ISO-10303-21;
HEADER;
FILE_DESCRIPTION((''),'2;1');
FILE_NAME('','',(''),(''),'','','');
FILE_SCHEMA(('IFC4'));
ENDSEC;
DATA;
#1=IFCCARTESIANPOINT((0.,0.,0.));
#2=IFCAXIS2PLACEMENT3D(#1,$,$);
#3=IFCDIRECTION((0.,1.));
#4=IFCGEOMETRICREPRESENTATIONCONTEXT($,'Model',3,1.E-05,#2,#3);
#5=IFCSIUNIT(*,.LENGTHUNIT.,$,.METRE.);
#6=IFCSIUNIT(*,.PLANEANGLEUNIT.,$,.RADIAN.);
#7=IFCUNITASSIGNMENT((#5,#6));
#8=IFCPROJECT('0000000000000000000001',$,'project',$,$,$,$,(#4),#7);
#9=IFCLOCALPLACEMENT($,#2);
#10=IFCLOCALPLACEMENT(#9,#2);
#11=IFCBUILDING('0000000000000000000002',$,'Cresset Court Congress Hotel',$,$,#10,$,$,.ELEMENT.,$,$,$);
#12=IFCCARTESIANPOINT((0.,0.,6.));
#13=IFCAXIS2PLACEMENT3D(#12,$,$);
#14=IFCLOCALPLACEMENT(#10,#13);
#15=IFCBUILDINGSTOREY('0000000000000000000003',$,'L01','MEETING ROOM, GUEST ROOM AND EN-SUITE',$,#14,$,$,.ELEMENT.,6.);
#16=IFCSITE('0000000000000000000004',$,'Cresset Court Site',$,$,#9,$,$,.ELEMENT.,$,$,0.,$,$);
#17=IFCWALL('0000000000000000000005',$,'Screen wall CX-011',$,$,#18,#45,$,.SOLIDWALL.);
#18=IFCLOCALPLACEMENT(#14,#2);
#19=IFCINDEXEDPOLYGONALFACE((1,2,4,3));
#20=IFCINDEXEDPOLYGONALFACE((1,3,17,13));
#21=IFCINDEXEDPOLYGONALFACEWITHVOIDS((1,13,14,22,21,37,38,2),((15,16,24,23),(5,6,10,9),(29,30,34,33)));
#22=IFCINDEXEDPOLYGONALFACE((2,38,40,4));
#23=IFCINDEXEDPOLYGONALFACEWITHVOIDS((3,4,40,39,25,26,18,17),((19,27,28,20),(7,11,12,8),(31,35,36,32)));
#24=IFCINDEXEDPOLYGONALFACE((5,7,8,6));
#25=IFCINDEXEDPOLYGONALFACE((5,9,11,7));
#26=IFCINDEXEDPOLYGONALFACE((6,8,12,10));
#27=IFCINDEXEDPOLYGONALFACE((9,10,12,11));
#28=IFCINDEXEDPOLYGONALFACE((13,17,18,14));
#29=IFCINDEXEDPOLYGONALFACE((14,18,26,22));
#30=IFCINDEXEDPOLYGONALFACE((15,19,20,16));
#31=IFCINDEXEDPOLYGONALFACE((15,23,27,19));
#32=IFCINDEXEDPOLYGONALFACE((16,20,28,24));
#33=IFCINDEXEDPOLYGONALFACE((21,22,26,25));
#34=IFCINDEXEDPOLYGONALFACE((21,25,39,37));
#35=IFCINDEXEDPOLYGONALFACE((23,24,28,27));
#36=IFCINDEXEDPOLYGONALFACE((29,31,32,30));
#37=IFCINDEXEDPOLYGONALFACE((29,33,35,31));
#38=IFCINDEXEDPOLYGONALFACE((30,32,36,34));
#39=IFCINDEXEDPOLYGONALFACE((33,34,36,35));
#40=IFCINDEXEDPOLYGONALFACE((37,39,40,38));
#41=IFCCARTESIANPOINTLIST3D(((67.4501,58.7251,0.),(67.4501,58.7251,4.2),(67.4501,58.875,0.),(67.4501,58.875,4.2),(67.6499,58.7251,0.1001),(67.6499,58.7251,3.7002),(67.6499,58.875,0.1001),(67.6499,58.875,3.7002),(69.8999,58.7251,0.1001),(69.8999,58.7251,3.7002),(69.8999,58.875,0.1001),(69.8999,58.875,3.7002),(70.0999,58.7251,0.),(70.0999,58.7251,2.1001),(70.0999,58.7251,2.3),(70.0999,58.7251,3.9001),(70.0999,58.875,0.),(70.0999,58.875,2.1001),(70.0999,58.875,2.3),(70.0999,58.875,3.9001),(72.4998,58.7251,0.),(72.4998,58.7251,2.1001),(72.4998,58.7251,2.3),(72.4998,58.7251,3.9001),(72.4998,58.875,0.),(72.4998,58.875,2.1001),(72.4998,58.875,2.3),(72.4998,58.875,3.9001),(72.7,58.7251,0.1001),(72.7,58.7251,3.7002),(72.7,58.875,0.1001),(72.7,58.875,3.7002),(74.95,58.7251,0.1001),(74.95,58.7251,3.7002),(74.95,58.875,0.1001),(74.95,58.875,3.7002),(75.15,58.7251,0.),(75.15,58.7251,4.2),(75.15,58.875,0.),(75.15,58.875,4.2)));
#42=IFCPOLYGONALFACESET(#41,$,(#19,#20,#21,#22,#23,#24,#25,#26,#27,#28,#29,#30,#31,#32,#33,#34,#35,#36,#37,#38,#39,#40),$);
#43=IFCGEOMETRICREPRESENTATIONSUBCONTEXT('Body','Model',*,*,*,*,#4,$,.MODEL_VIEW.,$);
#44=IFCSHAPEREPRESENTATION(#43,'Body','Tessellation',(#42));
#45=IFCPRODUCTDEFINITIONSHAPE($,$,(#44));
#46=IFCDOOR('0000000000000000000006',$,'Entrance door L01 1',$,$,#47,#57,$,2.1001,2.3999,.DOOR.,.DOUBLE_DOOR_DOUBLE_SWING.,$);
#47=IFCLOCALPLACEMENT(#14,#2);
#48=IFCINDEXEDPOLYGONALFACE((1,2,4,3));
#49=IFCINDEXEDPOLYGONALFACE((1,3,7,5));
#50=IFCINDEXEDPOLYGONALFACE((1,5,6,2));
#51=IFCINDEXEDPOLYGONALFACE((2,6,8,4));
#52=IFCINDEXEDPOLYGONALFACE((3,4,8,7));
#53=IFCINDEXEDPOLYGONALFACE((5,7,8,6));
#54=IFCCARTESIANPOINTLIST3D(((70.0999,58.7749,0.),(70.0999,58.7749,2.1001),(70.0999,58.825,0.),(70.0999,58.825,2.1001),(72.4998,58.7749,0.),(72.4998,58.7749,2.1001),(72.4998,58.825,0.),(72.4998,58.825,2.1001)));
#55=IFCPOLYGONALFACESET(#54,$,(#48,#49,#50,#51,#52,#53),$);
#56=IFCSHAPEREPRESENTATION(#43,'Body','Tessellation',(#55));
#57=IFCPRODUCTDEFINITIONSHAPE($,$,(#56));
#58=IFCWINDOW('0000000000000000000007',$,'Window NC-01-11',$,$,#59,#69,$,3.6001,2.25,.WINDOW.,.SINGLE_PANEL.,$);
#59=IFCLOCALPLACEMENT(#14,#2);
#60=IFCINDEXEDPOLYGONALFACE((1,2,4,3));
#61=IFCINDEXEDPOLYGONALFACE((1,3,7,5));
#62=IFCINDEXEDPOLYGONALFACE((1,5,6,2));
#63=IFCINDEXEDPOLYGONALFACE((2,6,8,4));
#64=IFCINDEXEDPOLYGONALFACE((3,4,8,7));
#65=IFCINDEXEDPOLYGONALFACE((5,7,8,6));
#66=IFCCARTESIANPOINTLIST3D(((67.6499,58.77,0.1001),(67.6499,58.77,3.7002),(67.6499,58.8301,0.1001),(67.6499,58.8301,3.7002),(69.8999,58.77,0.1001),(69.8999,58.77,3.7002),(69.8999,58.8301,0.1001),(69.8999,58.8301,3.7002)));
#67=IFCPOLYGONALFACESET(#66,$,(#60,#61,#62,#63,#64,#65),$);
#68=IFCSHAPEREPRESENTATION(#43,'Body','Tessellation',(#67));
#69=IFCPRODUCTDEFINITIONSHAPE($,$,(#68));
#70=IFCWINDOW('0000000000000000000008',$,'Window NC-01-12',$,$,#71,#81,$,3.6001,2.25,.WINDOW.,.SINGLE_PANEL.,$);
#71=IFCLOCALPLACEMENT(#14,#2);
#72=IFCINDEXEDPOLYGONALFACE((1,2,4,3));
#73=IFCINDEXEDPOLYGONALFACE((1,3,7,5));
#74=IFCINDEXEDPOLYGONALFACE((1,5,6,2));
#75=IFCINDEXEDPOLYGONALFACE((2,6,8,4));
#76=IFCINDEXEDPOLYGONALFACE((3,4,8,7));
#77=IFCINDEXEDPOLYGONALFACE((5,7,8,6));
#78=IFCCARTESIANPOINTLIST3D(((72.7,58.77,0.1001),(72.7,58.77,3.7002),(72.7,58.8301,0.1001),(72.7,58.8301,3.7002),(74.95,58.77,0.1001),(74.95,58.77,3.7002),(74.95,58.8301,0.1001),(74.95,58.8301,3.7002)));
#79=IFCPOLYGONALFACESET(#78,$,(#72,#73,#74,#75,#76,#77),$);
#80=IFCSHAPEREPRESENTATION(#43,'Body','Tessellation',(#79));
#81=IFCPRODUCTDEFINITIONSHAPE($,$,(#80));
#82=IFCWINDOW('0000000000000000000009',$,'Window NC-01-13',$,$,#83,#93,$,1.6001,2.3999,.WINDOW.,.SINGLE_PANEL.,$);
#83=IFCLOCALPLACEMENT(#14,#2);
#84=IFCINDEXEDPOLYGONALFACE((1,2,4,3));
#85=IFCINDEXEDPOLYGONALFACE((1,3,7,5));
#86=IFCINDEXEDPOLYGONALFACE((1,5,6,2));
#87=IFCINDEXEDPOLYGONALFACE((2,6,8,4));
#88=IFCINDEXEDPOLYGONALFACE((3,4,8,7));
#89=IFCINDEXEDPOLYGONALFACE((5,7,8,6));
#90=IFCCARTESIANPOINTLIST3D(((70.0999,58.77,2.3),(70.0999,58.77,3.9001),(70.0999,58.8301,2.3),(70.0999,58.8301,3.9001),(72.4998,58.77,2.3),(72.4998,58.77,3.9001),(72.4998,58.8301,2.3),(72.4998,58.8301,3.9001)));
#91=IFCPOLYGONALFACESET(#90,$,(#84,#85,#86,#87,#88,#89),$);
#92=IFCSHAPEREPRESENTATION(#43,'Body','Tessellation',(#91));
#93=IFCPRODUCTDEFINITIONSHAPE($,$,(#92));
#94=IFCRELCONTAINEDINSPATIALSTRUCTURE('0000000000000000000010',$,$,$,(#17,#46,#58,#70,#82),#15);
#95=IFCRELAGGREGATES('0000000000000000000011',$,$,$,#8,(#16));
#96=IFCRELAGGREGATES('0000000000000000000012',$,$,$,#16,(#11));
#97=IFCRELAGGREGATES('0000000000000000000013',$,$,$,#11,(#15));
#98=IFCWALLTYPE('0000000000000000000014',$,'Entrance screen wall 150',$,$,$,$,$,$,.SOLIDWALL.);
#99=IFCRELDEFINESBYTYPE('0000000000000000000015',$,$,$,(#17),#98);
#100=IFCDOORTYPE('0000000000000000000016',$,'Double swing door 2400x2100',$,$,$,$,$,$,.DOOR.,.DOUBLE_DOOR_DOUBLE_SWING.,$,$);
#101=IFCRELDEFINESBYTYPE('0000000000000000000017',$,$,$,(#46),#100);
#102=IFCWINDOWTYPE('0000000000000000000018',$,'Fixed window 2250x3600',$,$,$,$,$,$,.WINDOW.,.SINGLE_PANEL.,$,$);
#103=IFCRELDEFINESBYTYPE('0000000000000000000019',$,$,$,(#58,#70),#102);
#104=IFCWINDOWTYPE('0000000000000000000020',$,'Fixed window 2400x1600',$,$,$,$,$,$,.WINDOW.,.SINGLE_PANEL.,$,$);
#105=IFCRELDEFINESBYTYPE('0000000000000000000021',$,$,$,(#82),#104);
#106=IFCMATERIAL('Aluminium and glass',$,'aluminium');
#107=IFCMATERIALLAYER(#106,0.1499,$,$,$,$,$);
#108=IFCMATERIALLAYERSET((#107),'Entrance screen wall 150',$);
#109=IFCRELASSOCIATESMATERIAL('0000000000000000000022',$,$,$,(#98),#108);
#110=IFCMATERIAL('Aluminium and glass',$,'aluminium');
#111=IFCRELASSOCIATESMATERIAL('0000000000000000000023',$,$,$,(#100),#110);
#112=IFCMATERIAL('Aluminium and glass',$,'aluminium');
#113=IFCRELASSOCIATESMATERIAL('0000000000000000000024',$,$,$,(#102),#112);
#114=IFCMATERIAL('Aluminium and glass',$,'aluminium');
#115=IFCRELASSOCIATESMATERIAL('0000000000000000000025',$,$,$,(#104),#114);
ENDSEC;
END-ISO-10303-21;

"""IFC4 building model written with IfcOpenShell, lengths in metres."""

from ifc_helpers import new_model, si_unit, direction, frame, frame_2d, origin, place, context, subcontext, project, spatial, rectangle, extrude, material, layer, layer_set, type_object, element, fill, save


model = new_model("IFC4")

# Units and contexts
model_context = context("Model", 3, precision=1e-05, world=origin(), true_north=direction((0.0, 1.0)))
body_context = subcontext(model_context, "Body", "Model", "MODEL_VIEW")
ifc_project = project(units=[si_unit("LENGTHUNIT", "METRE"), si_unit("PLANEANGLEUNIT", "RADIAN")], contexts=[model_context])

# Site, building, storey
site_placement = place(None, origin())
site = spatial("IfcSite", under=ifc_project, at=site_placement, Name="Cresset Court Site", CompositionType="ELEMENT", RefElevation=0.0)
building_placement = place(site_placement, origin())
building = spatial("IfcBuilding", under=site, at=building_placement, Name="Cresset Court Congress Hotel", CompositionType="ELEMENT")
storey_placement = place(building_placement, frame((0.0, 0.0, 6.0)))
storey = spatial("IfcBuildingStorey", under=building, at=storey_placement, Name="L01", Description="MEETING ROOM, GUEST ROOM AND EN-SUITE", CompositionType="ELEMENT", Elevation=6.0)

# Wall, openings, door, windows
ifc_material_1 = material(Name="Aluminium and glass", Category="aluminium")
ifc_layer_1 = layer(ifc_material_1, 0.1499)
ifc_layer_set_1 = layer_set([ifc_layer_1], Name="Entrance screen wall 150")
wall_type_1 = type_object("IfcWallType", Name="Entrance screen wall 150", PredefinedType="SOLIDWALL", material=ifc_layer_set_1)
wall_1_placement = place(storey_placement, frame((67.45, 58.8, 0.0), z_axis=(0.0, 0.0, 1.0), x_axis=(1.0, 0.0, 0.0)))
wall_1 = element("IfcWall", 1, at=wall_1_placement, inside=storey, type_object=wall_type_1, Name="Screen wall CX-011", PredefinedType="SOLIDWALL", context=body_context, shape_type="SweptSolid", body=[
    extrude(rectangle(XDim=7.7, YDim=0.1499, at=frame_2d((3.8501, 0.0))), origin(), (0.0, 0.0, 1.0), 4.2),
])
opening_1_placement = place(wall_1_placement, frame((2.6499, 0.0, 0.0)))
opening_1 = element("IfcOpeningElement", 2, at=opening_1_placement, cuts=wall_1, PredefinedType="OPENING", context=body_context, shape_type="SweptSolid", body=[
    extrude(rectangle(XDim=2.3999, YDim=2.1001, at=frame_2d((1.2, 1.05))), frame((0.0, 0.085, 0.0), z_axis=(0.0, -1.0, 0.0), x_axis=(1.0, 0.0, 0.0)), (0.0, 0.0, 1.0), 0.1699),
])
opening_2_placement = place(wall_1_placement, frame((0.2, 0.0, 0.1001)))
opening_2 = element("IfcOpeningElement", 3, at=opening_2_placement, cuts=wall_1, PredefinedType="OPENING", context=body_context, shape_type="SweptSolid", body=[
    extrude(rectangle(XDim=2.25, YDim=3.6001, at=frame_2d((1.125, 1.8))), frame((0.0, 0.085, 0.0), z_axis=(0.0, -1.0, 0.0), x_axis=(1.0, 0.0, 0.0)), (0.0, 0.0, 1.0), 0.1699),
])
opening_3_placement = place(wall_1_placement, frame((5.25, 0.0, 0.1001)))
opening_3 = element("IfcOpeningElement", 4, at=opening_3_placement, cuts=wall_1, PredefinedType="OPENING", context=body_context, shape_type="SweptSolid", body=[
    extrude(rectangle(XDim=2.25, YDim=3.6001, at=frame_2d((1.125, 1.8))), frame((0.0, 0.085, 0.0), z_axis=(0.0, -1.0, 0.0), x_axis=(1.0, 0.0, 0.0)), (0.0, 0.0, 1.0), 0.1699),
])
opening_4_placement = place(wall_1_placement, frame((2.6499, 0.0, 2.3)))
opening_4 = element("IfcOpeningElement", 5, at=opening_4_placement, cuts=wall_1, PredefinedType="OPENING", context=body_context, shape_type="SweptSolid", body=[
    extrude(rectangle(XDim=2.3999, YDim=1.6001, at=frame_2d((1.2, 0.8))), frame((0.0, 0.085, 0.0), z_axis=(0.0, -1.0, 0.0), x_axis=(1.0, 0.0, 0.0)), (0.0, 0.0, 1.0), 0.1699),
])
ifc_material_2 = material(Name="Aluminium and glass", Category="aluminium")
door_type_1 = type_object("IfcDoorType", Name="Double swing door 2400x2100", OperationType="DOUBLE_DOOR_DOUBLE_SWING", PredefinedType="DOOR", material=ifc_material_2)
door_1_placement = place(opening_1_placement, origin())
door_1 = element("IfcDoor", 6, at=door_1_placement, inside=storey, type_object=door_type_1, Name="Entrance door L01 1", OperationType="DOUBLE_DOOR_DOUBLE_SWING", OverallHeight=2.1001, OverallWidth=2.3999, PredefinedType="DOOR", context=body_context, shape_type="SweptSolid", body=[
    extrude(rectangle(XDim=2.3999, YDim=2.1001, at=frame_2d((1.2, 1.05))), frame((0.0, 0.0249, 0.0), z_axis=(0.0, -1.0, 0.0), x_axis=(1.0, 0.0, 0.0)), (0.0, 0.0, 1.0), 0.05),
])
fill(opening_1, door_1)
ifc_material_3 = material(Name="Aluminium and glass", Category="aluminium")
window_type_1 = type_object("IfcWindowType", Name="Fixed window 2250x3600", PartitioningType="SINGLE_PANEL", PredefinedType="WINDOW", material=ifc_material_3)
window_1_placement = place(opening_2_placement, origin())
window_1 = element("IfcWindow", 7, at=window_1_placement, inside=storey, type_object=window_type_1, Name="Window NC-01-11", OverallHeight=3.6001, OverallWidth=2.25, PartitioningType="SINGLE_PANEL", PredefinedType="WINDOW", context=body_context, shape_type="SweptSolid", body=[
    extrude(rectangle(XDim=2.25, YDim=3.6001, at=frame_2d((1.125, 1.8))), frame((0.0, 0.03, 0.0), z_axis=(0.0, -1.0, 0.0), x_axis=(1.0, 0.0, 0.0)), (0.0, 0.0, 1.0), 0.0601),
])
fill(opening_2, window_1)
window_2_placement = place(opening_3_placement, origin())
window_2 = element("IfcWindow", 8, at=window_2_placement, inside=storey, type_object=window_type_1, Name="Window NC-01-12", OverallHeight=3.6001, OverallWidth=2.25, PartitioningType="SINGLE_PANEL", PredefinedType="WINDOW", context=body_context, shape_type="SweptSolid", body=[
    extrude(rectangle(XDim=2.25, YDim=3.6001, at=frame_2d((1.125, 1.8))), frame((0.0, 0.03, 0.0), z_axis=(0.0, -1.0, 0.0), x_axis=(1.0, 0.0, 0.0)), (0.0, 0.0, 1.0), 0.0601),
])
fill(opening_3, window_2)
ifc_material_4 = material(Name="Aluminium and glass", Category="aluminium")
window_type_2 = type_object("IfcWindowType", Name="Fixed window 2400x1600", PartitioningType="SINGLE_PANEL", PredefinedType="WINDOW", material=ifc_material_4)
window_3_placement = place(opening_4_placement, origin())
window_3 = element("IfcWindow", 9, at=window_3_placement, inside=storey, type_object=window_type_2, Name="Window NC-01-13", OverallHeight=1.6001, OverallWidth=2.3999, PartitioningType="SINGLE_PANEL", PredefinedType="WINDOW", context=body_context, shape_type="SweptSolid", body=[
    extrude(rectangle(XDim=2.3999, YDim=1.6001, at=frame_2d((1.2, 0.8))), frame((0.0, 0.03, 0.0), z_axis=(0.0, -1.0, 0.0), x_axis=(1.0, 0.0, 0.0)), (0.0, 0.0, 1.0), 0.0601),
])
fill(opening_4, window_3)

save(model, "model.ifc")
